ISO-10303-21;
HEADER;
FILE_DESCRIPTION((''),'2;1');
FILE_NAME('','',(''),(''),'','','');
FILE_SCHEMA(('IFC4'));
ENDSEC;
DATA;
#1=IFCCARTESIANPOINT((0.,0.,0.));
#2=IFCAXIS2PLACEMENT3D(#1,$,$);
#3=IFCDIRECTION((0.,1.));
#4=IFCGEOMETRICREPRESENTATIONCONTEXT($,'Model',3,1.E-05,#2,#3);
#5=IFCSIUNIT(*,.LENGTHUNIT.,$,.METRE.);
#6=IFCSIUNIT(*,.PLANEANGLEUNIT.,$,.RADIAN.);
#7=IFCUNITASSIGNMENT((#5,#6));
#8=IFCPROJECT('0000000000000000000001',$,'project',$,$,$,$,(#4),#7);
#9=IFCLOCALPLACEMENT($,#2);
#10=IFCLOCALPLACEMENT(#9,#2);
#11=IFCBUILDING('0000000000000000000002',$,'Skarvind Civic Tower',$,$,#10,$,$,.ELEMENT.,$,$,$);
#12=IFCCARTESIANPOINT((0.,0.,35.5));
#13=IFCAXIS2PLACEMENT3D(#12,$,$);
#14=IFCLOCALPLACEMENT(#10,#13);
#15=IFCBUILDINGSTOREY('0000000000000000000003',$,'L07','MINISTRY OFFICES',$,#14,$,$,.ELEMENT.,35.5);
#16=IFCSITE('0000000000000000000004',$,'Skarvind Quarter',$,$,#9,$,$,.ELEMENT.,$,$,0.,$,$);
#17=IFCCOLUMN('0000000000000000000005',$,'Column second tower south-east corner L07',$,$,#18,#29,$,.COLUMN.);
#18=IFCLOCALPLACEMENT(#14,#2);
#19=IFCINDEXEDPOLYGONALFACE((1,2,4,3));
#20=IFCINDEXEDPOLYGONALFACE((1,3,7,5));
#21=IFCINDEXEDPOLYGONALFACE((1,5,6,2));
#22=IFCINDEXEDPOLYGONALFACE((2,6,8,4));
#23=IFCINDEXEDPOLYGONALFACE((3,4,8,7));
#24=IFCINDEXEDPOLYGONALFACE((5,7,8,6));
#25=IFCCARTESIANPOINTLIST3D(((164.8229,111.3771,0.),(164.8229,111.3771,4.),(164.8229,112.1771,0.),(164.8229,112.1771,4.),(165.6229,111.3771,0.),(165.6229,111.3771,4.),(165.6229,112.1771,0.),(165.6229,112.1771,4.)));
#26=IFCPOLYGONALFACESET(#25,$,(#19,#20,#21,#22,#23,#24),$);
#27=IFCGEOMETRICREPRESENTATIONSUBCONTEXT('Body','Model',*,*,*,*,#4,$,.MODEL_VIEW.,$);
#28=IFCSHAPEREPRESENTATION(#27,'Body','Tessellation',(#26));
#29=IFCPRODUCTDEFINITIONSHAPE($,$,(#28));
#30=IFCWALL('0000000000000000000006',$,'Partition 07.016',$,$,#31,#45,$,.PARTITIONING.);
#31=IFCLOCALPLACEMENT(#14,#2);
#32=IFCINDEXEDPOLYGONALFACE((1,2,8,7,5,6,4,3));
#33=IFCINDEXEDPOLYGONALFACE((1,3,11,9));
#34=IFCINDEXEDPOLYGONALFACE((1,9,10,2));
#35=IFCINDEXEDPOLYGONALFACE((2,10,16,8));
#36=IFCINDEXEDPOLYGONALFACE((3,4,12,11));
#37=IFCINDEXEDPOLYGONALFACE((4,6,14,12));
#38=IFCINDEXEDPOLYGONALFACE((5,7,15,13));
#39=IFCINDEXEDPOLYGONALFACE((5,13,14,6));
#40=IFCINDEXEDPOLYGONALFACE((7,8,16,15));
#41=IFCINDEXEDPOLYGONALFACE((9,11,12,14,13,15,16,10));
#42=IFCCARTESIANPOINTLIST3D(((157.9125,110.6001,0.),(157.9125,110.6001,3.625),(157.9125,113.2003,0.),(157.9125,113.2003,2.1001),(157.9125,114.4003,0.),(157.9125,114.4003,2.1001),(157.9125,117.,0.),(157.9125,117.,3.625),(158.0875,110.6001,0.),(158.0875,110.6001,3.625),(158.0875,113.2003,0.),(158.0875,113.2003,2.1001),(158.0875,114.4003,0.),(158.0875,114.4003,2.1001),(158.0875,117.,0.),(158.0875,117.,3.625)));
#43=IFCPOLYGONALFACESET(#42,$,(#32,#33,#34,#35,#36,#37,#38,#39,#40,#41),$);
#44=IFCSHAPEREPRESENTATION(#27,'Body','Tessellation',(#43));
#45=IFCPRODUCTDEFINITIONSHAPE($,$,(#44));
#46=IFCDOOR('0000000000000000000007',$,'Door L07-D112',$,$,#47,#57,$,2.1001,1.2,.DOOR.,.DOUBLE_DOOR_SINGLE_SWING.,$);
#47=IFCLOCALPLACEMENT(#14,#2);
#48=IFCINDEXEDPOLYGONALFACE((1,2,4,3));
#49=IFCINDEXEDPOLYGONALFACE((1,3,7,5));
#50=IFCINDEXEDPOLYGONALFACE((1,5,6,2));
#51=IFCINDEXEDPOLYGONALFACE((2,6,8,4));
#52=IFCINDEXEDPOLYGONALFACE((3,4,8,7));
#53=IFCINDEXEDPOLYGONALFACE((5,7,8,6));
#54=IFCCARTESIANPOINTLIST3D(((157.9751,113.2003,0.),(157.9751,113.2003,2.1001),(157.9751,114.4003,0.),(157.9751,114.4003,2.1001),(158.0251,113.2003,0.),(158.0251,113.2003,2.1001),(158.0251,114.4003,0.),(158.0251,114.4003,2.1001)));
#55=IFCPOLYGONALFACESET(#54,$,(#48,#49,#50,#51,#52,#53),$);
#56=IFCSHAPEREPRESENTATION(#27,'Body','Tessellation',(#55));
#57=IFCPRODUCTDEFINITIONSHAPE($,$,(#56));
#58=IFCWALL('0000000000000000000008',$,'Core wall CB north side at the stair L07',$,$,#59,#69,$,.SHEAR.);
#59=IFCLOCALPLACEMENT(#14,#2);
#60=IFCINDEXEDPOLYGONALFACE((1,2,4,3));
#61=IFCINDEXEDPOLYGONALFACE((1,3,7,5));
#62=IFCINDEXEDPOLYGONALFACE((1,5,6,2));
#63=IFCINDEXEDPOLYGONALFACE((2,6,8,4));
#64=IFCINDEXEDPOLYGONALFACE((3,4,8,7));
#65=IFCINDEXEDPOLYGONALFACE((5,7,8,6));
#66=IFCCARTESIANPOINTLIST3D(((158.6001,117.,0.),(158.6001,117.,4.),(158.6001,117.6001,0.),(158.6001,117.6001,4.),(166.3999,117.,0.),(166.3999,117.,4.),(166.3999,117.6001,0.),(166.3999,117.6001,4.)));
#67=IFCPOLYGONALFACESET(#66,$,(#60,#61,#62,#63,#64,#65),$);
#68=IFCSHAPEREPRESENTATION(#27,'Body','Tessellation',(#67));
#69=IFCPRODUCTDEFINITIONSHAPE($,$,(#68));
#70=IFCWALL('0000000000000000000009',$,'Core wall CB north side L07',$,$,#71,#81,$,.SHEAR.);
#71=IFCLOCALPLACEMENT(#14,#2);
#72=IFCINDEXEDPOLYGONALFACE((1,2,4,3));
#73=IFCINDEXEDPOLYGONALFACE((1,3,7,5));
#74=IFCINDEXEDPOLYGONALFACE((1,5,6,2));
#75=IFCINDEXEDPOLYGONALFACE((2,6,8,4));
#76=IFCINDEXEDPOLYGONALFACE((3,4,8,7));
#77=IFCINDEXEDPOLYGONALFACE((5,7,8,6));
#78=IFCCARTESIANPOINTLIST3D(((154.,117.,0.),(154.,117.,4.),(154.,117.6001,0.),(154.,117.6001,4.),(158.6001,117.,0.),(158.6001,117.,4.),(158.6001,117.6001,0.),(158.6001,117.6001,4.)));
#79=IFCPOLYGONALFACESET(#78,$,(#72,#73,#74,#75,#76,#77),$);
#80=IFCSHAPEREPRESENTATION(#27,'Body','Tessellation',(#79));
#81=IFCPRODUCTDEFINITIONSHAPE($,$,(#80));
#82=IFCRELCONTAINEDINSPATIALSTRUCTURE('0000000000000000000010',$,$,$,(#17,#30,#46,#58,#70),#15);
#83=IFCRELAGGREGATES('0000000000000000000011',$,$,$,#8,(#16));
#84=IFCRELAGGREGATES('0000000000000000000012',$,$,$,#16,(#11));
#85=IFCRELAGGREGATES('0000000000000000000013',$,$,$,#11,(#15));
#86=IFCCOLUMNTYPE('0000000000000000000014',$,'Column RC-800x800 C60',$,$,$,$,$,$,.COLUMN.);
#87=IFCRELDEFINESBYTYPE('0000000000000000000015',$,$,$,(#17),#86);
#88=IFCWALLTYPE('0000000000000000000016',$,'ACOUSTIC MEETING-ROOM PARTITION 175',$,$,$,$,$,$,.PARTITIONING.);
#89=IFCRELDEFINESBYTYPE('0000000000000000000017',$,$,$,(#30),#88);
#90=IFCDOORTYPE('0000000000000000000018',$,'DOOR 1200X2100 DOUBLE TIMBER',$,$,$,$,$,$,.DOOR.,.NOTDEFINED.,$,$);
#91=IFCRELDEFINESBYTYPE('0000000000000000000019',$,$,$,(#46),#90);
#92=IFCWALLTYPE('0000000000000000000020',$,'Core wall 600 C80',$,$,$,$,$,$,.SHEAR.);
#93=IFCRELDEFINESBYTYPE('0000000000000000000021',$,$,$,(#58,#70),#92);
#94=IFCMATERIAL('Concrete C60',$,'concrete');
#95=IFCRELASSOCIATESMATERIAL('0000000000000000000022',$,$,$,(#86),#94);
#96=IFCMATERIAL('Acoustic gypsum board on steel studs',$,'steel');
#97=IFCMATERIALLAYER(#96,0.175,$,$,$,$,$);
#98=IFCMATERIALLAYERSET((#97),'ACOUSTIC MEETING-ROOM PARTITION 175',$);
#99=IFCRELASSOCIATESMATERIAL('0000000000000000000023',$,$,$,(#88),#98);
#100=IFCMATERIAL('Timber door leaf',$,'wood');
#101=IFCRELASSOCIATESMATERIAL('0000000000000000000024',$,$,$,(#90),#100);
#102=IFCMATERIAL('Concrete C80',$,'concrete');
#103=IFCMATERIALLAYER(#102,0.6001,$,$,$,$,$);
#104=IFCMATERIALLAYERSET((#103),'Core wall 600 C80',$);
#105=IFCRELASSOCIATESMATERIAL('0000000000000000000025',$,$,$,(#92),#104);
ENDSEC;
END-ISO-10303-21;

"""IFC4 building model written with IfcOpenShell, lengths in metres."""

from ifc_helpers import new_model, si_unit, direction, frame, frame_2d, origin, origin_2d, place, context, subcontext, project, spatial, rectangle, extrude, material, layer, layer_set, material_profile, profile_set, type_object, element, fill, save


model = new_model("IFC4")

# Units and contexts
model_context = context("Model", 3, precision=1e-05, world=origin(), true_north=direction((0.0, 1.0)))
body_context = subcontext(model_context, "Body", "Model", "MODEL_VIEW")
ifc_project = project(units=[si_unit("LENGTHUNIT", "METRE"), si_unit("PLANEANGLEUNIT", "RADIAN")], contexts=[model_context])

# Site, building, storey
site_placement = place(None, origin())
site = spatial("IfcSite", under=ifc_project, at=site_placement, Name="Skarvind Quarter", CompositionType="ELEMENT", RefElevation=0.0)
building_placement = place(site_placement, origin())
building = spatial("IfcBuilding", under=site, at=building_placement, Name="Skarvind Civic Tower", CompositionType="ELEMENT")
storey_placement = place(building_placement, frame((0.0, 0.0, 35.5)))
storey = spatial("IfcBuildingStorey", under=building, at=storey_placement, Name="L07", Description="MINISTRY OFFICES", CompositionType="ELEMENT", Elevation=35.5)

# Column
ifc_material_1 = material(Name="Concrete C60", Category="concrete")
ifc_material_profile = material_profile(ifc_material_1, rectangle(XDim=0.8, YDim=0.8, at=origin_2d()), Name="RC-800x800")
ifc_profile_set = profile_set([ifc_material_profile], Name="Concrete C60")
column_type = type_object("IfcColumnType", Name="Column RC-800x800 C60", PredefinedType="COLUMN", material=ifc_profile_set)
column_placement = place(storey_placement, frame((165.2229, 111.7771, 0.0), z_axis=(0.0, 0.0, 1.0), x_axis=(1.0, 0.0, 0.0)))
element("IfcColumn", 1, at=column_placement, inside=storey, type_object=column_type, Name="Column second tower south-east corner L07", PredefinedType="COLUMN", context=body_context, shape_type="SweptSolid", body=[
    extrude(rectangle(XDim=0.8, YDim=0.8, at=origin_2d()), origin(), (0.0, 0.0, 1.0), 4.0),
])

# Wall, opening, door
ifc_material_2 = material(Name="Acoustic gypsum board on steel studs", Category="steel")
ifc_layer_1 = layer(ifc_material_2, 0.175)
ifc_layer_set_1 = layer_set([ifc_layer_1], Name="ACOUSTIC MEETING-ROOM PARTITION 175")
wall_type_1 = type_object("IfcWallType", Name="ACOUSTIC MEETING-ROOM PARTITION 175", PredefinedType="PARTITIONING", material=ifc_layer_set_1)
wall_1_placement = place(storey_placement, frame((158.0, 110.6001, 0.0), z_axis=(0.0, 0.0, 1.0), x_axis=(0.0, 1.0, 0.0)))
wall_1 = element("IfcWall", 2, at=wall_1_placement, inside=storey, type_object=wall_type_1, Name="Partition 07.016", PredefinedType="PARTITIONING", context=body_context, shape_type="SweptSolid", body=[
    extrude(rectangle(XDim=6.3999, YDim=0.175, at=frame_2d((3.2, 0.0))), origin(), (0.0, 0.0, 1.0), 3.625),
])
opening_1_placement = place(wall_1_placement, frame((2.6001, 0.0, 0.0)))
opening_1 = element("IfcOpeningElement", 3, at=opening_1_placement, cuts=wall_1, PredefinedType="OPENING", context=body_context, shape_type="SweptSolid", body=[
    extrude(rectangle(XDim=1.2, YDim=2.1001, at=frame_2d((0.6001, 1.05))), frame((0.0, 0.0974, 0.0), z_axis=(0.0, -1.0, 0.0), x_axis=(1.0, 0.0, 0.0)), (0.0, 0.0, 1.0), 0.1951),
])
ifc_material_3 = material(Name="Timber door leaf", Category="wood")
door_type = type_object("IfcDoorType", Name="DOOR 1200X2100 DOUBLE TIMBER", OperationType="NOTDEFINED", PredefinedType="DOOR", material=ifc_material_3)
door_placement = place(opening_1_placement, origin())
door = element("IfcDoor", 4, at=door_placement, inside=storey, type_object=door_type, Name="Door L07-D112", OperationType="DOUBLE_DOOR_SINGLE_SWING", OverallHeight=2.1001, OverallWidth=1.2, PredefinedType="DOOR", context=body_context, shape_type="SweptSolid", body=[
    extrude(rectangle(XDim=1.2, YDim=2.1001, at=frame_2d((0.6001, 1.05))), frame((0.0, 0.0249, 0.0), z_axis=(0.0, -1.0, 0.0), x_axis=(1.0, 0.0, 0.0)), (0.0, 0.0, 1.0), 0.05),
])
fill(opening_1, door)

# Walls
ifc_material_4 = material(Name="Concrete C80", Category="concrete")
ifc_layer_2 = layer(ifc_material_4, 0.6001)
ifc_layer_set_2 = layer_set([ifc_layer_2], Name="Core wall 600 C80")
wall_type_2 = type_object("IfcWallType", Name="Core wall 600 C80", PredefinedType="SHEAR", material=ifc_layer_set_2)
wall_2_placement = place(storey_placement, frame((166.3999, 117.3, 0.0), z_axis=(0.0, 0.0, 1.0), x_axis=(-1.0, 0.0, 0.0)))
element("IfcWall", 5, at=wall_2_placement, inside=storey, type_object=wall_type_2, Name="Core wall CB north side at the stair L07", PredefinedType="SHEAR", context=body_context, shape_type="SweptSolid", body=[
    extrude(rectangle(XDim=7.7998, YDim=0.6001, at=frame_2d((3.8999, 0.0))), origin(), (0.0, 0.0, 1.0), 4.0),
])
wall_3_placement = place(storey_placement, frame((158.6001, 117.3, 0.0), z_axis=(0.0, 0.0, 1.0), x_axis=(-1.0, 0.0, 0.0)))
element("IfcWall", 6, at=wall_3_placement, inside=storey, type_object=wall_type_2, Name="Core wall CB north side L07", PredefinedType="SHEAR", context=body_context, shape_type="SweptSolid", body=[
    extrude(rectangle(XDim=4.6001, YDim=0.6001, at=frame_2d((2.3, 0.0))), origin(), (0.0, 0.0, 1.0), 4.0),
])

save(model, "model.ifc")
